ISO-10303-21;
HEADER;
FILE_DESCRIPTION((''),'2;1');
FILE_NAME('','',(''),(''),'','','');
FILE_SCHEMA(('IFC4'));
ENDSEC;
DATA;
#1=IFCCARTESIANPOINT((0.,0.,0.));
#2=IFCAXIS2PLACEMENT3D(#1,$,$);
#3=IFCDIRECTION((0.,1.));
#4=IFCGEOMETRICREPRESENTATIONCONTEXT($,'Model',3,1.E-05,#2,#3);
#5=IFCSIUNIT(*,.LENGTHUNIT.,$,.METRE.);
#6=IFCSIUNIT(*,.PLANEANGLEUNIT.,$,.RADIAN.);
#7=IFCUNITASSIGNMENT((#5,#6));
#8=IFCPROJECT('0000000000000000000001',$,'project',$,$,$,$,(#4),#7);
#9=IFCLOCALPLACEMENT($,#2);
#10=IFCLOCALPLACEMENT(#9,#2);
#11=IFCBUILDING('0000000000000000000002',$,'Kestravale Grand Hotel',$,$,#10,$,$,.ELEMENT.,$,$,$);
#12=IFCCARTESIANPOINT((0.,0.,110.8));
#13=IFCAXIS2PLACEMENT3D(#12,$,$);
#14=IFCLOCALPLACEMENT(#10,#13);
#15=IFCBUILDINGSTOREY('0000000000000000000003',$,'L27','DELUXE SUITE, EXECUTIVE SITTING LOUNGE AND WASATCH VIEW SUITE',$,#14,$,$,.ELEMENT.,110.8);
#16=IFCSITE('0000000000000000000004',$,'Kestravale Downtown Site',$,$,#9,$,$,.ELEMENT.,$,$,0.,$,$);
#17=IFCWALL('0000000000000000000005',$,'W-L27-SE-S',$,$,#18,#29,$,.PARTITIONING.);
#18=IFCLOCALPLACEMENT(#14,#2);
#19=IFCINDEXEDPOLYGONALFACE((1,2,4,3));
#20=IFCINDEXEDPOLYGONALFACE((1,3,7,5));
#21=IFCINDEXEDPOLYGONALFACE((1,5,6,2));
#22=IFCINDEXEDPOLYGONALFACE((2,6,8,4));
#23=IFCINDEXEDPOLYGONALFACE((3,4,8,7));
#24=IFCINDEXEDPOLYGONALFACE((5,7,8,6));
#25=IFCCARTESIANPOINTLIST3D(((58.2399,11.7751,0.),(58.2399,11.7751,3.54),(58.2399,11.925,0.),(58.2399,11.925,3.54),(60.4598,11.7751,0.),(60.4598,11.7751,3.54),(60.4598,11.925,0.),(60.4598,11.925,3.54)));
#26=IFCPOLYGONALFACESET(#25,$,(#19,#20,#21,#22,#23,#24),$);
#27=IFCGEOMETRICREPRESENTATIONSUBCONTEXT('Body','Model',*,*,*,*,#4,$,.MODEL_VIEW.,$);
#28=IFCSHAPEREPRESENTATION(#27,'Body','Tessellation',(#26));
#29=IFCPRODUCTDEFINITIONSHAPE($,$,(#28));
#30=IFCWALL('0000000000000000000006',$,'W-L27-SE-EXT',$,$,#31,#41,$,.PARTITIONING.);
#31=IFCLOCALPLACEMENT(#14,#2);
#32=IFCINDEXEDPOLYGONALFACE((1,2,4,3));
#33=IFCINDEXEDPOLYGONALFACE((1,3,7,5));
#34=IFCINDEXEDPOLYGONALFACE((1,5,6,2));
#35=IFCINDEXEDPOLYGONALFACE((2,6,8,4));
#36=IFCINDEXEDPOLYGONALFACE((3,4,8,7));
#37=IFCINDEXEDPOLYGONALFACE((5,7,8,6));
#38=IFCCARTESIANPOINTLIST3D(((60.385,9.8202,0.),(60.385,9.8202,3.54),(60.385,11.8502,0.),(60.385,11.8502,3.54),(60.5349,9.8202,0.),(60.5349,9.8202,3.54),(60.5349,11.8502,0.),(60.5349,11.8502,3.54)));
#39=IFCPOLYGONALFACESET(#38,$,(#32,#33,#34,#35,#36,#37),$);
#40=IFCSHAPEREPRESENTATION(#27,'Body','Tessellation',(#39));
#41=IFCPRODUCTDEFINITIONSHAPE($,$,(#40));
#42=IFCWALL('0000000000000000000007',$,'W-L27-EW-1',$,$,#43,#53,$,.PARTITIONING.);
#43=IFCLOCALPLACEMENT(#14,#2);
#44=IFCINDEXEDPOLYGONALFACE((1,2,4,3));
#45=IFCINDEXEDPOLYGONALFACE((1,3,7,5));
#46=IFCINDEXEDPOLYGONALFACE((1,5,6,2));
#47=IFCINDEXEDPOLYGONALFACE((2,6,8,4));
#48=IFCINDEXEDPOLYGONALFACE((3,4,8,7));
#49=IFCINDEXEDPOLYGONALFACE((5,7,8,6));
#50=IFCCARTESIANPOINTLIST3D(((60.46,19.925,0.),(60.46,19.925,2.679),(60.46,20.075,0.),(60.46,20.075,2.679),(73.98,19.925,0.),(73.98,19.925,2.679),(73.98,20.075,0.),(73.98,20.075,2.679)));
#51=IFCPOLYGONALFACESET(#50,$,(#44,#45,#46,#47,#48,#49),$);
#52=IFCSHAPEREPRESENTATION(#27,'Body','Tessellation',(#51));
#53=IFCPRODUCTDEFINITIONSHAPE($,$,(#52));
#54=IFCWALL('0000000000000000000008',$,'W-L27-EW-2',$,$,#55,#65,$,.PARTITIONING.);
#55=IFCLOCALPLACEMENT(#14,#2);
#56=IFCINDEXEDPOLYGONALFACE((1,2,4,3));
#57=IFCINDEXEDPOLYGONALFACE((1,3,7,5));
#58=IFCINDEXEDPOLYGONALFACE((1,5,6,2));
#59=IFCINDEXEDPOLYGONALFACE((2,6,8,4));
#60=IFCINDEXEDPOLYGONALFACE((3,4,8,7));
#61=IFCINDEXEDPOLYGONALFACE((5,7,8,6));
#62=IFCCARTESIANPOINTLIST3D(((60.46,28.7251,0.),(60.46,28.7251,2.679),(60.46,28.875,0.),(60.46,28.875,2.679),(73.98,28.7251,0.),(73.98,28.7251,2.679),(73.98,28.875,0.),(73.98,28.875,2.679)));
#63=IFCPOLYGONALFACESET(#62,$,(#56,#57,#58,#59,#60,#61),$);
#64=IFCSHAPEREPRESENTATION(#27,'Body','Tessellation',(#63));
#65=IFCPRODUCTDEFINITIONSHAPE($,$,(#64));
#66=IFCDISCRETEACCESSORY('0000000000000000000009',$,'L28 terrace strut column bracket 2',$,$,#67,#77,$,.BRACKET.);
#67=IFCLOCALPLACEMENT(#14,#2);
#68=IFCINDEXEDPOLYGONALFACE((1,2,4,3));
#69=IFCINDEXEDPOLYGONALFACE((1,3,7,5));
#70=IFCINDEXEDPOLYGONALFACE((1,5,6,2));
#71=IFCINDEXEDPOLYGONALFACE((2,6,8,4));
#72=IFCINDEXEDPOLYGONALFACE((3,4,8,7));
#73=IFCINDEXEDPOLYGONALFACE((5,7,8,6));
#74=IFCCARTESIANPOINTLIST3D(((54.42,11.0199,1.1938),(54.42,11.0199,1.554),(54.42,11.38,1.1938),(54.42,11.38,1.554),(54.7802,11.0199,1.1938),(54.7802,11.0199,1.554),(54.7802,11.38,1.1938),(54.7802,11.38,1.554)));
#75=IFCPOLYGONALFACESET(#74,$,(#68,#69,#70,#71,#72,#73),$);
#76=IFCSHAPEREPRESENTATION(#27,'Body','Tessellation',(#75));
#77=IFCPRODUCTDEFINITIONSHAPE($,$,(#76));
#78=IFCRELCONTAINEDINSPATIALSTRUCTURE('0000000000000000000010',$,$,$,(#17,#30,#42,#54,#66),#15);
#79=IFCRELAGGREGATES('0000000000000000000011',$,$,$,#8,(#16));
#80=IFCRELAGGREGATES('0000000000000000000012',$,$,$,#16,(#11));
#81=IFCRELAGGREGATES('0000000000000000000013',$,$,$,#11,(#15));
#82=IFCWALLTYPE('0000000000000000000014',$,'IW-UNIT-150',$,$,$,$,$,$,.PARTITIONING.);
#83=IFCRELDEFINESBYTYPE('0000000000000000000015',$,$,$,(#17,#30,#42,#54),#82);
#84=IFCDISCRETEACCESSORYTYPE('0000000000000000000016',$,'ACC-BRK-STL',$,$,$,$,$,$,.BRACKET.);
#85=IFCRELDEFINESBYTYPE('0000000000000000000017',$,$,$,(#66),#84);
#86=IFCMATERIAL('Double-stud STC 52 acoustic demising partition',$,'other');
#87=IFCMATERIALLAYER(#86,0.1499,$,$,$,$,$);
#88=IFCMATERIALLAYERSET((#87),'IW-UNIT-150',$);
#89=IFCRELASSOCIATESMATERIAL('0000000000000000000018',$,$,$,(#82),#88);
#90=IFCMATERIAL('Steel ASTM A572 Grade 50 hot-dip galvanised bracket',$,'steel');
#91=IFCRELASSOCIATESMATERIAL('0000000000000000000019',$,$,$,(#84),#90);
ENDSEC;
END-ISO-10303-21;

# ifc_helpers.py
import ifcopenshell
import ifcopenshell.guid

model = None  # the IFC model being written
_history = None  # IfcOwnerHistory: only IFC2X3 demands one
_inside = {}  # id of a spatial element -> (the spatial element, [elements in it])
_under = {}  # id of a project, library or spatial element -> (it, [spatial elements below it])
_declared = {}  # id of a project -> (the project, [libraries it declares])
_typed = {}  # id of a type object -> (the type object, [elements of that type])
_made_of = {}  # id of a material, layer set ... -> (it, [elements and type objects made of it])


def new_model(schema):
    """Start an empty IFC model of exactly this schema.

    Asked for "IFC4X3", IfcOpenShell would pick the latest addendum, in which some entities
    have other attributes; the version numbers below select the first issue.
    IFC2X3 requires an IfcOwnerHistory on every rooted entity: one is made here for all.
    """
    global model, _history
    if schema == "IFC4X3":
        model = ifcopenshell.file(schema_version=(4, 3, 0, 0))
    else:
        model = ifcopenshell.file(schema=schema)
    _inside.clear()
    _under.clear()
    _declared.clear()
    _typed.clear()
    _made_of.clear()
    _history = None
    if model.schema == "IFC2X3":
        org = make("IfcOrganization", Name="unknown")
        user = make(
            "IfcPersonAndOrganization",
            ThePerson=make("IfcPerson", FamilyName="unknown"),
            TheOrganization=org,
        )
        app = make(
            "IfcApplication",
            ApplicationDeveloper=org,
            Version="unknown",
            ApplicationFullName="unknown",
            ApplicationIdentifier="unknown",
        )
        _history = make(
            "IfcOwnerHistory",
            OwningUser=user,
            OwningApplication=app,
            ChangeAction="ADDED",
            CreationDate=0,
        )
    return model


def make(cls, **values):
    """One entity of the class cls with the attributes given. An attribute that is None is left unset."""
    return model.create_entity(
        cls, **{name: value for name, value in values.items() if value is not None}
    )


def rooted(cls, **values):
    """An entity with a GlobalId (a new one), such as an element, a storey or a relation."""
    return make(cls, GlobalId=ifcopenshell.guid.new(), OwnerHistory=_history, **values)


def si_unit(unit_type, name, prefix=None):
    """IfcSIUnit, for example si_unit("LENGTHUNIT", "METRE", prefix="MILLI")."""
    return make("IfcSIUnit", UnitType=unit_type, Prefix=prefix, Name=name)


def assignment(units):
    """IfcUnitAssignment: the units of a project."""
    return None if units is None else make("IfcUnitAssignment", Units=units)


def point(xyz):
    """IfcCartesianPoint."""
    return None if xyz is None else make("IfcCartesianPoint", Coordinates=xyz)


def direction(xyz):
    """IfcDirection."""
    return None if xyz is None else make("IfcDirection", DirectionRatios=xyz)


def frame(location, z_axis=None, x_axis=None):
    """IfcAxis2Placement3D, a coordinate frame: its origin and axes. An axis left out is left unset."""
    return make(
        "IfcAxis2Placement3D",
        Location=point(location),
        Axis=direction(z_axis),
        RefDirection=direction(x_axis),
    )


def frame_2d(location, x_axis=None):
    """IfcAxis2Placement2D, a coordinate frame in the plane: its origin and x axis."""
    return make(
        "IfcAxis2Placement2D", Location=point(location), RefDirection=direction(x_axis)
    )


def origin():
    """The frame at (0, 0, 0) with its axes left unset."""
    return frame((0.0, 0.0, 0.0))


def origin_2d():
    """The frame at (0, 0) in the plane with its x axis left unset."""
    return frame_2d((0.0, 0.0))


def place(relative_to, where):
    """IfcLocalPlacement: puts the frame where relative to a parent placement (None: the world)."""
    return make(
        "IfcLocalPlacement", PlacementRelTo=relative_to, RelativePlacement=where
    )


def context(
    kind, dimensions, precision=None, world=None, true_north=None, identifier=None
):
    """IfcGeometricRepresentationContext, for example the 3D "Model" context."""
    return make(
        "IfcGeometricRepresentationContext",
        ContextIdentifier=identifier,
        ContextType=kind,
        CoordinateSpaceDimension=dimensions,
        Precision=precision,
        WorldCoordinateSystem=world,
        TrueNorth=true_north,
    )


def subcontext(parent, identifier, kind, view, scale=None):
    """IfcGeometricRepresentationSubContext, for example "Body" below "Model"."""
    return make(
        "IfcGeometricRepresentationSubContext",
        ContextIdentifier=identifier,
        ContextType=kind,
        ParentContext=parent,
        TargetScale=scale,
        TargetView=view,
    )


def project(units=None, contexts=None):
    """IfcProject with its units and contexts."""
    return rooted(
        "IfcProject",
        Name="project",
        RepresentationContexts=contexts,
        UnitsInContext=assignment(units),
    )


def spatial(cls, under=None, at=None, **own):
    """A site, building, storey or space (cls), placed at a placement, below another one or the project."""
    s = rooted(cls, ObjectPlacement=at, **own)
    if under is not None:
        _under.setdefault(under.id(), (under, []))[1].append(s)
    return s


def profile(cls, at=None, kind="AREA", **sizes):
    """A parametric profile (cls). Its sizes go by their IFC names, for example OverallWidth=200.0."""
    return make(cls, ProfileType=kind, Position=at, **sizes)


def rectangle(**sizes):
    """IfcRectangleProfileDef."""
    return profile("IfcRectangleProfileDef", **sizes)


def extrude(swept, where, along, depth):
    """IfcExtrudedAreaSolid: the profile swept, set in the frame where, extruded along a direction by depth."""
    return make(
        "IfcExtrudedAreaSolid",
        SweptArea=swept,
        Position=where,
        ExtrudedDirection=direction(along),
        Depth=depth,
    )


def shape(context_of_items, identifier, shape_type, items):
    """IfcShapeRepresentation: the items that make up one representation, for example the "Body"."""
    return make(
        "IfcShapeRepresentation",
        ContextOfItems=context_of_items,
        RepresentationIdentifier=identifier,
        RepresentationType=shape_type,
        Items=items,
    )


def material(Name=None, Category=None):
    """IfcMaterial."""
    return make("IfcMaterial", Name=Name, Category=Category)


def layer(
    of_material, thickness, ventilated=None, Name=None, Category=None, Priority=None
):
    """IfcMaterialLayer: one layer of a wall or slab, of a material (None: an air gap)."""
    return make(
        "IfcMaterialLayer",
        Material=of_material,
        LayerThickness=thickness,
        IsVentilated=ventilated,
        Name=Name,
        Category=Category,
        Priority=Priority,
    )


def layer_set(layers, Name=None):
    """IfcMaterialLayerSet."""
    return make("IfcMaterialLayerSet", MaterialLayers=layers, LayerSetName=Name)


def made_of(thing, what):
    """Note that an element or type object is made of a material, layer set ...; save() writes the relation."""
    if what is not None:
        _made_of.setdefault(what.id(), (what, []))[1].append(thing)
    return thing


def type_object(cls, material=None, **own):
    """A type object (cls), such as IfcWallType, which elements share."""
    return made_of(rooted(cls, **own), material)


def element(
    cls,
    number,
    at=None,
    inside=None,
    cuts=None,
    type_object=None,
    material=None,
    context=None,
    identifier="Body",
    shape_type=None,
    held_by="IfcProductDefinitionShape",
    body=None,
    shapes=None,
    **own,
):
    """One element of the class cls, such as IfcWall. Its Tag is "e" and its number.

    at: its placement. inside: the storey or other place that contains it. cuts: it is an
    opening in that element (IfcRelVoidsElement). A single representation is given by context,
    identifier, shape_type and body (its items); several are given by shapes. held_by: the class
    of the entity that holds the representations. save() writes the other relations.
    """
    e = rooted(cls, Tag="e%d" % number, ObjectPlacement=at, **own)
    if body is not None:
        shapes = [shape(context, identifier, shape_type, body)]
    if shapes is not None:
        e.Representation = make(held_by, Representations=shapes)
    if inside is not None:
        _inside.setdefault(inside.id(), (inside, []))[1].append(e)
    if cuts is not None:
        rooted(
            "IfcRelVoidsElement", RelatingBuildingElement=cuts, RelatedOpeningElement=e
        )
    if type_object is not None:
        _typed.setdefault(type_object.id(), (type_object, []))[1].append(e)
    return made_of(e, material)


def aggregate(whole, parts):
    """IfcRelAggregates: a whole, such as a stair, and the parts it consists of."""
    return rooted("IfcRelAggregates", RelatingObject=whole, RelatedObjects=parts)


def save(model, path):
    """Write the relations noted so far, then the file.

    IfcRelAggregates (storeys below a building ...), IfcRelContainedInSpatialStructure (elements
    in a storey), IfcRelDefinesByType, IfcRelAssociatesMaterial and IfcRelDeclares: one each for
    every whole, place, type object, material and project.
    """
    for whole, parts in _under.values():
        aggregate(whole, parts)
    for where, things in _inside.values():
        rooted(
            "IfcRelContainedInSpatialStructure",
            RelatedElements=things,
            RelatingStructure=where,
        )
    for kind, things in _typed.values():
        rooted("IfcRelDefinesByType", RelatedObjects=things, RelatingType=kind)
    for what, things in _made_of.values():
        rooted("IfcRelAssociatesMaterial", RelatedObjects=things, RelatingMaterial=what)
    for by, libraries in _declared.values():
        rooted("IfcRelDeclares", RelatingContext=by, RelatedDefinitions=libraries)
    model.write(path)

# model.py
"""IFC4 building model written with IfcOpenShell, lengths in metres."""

from ifc_helpers import new_model, si_unit, direction, frame, frame_2d, origin, origin_2d, place, context, subcontext, project, spatial, rectangle, extrude, material, layer, layer_set, type_object, element, save


model = new_model("IFC4")

# Units and contexts
model_context = context("Model", 3, precision=1e-05, world=origin(), true_north=direction((0.0, 1.0)))
body_context = subcontext(model_context, "Body", "Model", "MODEL_VIEW")
ifc_project = project(units=[si_unit("LENGTHUNIT", "METRE"), si_unit("PLANEANGLEUNIT", "RADIAN")], contexts=[model_context])

# Site, building, storey
site_placement = place(None, origin())
site = spatial("IfcSite", under=ifc_project, at=site_placement, Name="Kestravale Downtown Site", CompositionType="ELEMENT", RefElevation=0.0)
building_placement = place(site_placement, origin())
building = spatial("IfcBuilding", under=site, at=building_placement, Name="Kestravale Grand Hotel", CompositionType="ELEMENT")
storey_placement = place(building_placement, frame((0.0, 0.0, 110.8)))
storey = spatial("IfcBuildingStorey", under=building, at=storey_placement, Name="L27", Description="DELUXE SUITE, EXECUTIVE SITTING LOUNGE AND WASATCH VIEW SUITE", CompositionType="ELEMENT", Elevation=110.8)

# Walls
ifc_material_1 = material(Name="Double-stud STC 52 acoustic demising partition", Category="other")
ifc_layer_1 = layer(ifc_material_1, 0.1499)
ifc_layer_set_1 = layer_set([ifc_layer_1], Name="IW-UNIT-150")
wall_type_1 = type_object("IfcWallType", Name="IW-UNIT-150", PredefinedType="PARTITIONING", material=ifc_layer_set_1)
wall_1_placement = place(storey_placement, frame((58.24, 11.8501, 0.0), z_axis=(0.0, 0.0, 1.0), x_axis=(1.0, 0.0, 0.0)))
element("IfcWall", 1, at=wall_1_placement, inside=storey, type_object=wall_type_1, Name="W-L27-SE-S", PredefinedType="PARTITIONING", context=body_context, shape_type="SweptSolid", body=[
    extrude(rectangle(XDim=2.22, YDim=0.1499, at=frame_2d((1.1099, 0.0))), origin(), (0.0, 0.0, 1.0), 3.54),
])
wall_2_placement = place(storey_placement, frame((60.46, 9.8201, 0.0), z_axis=(0.0, 0.0, 1.0), x_axis=(0.0, 1.0, 0.0)))
element("IfcWall", 2, at=wall_2_placement, inside=storey, type_object=wall_type_1, Name="W-L27-SE-EXT", PredefinedType="PARTITIONING", context=body_context, shape_type="SweptSolid", body=[
    extrude(rectangle(XDim=2.03, YDim=0.1499, at=frame_2d((1.0151, 0.0))), origin(), (0.0, 0.0, 1.0), 3.54),
])
for number, where, z_axis, x_axis, name in (
    (3, (60.46, 20.0, 0.0), (0.0, 0.0, 1.0), (1.0, 0.0, 0.0), "W-L27-EW-1"),
    (4, (60.46, 28.8, 0.0), (0.0, 0.0, 1.0), (1.0, 0.0, 0.0), "W-L27-EW-2"),
):
    element("IfcWall", number, at=place(storey_placement, frame(where, z_axis=z_axis, x_axis=x_axis)), inside=storey, type_object=wall_type_1, Name=name, PredefinedType="PARTITIONING", context=body_context, shape_type="SweptSolid", body=[
        extrude(rectangle(XDim=13.52, YDim=0.1499, at=frame_2d((6.76, 0.0))), origin(), (0.0, 0.0, 1.0), 2.679),
    ])

# Discrete accessory
ifc_material_2 = material(Name="Steel ASTM A572 Grade 50 hot-dip galvanised bracket", Category="steel")
discrete_accessory_type = type_object("IfcDiscreteAccessoryType", Name="ACC-BRK-STL", PredefinedType="BRACKET", material=ifc_material_2)
discrete_accessory_placement = place(storey_placement, frame((54.6001, 11.2, 1.1938), z_axis=(0.0, 0.0, 1.0), x_axis=(1.0, 0.0, 0.0)))
element("IfcDiscreteAccessory", 5, at=discrete_accessory_placement, inside=storey, type_object=discrete_accessory_type, Name="L28 terrace strut column bracket 2", PredefinedType="BRACKET", context=body_context, shape_type="SweptSolid", body=[
    extrude(rectangle(XDim=0.3601, YDim=0.3601, at=origin_2d()), origin(), (0.0, 0.0, 1.0), 0.3601),
])

save(model, "model.ifc")
